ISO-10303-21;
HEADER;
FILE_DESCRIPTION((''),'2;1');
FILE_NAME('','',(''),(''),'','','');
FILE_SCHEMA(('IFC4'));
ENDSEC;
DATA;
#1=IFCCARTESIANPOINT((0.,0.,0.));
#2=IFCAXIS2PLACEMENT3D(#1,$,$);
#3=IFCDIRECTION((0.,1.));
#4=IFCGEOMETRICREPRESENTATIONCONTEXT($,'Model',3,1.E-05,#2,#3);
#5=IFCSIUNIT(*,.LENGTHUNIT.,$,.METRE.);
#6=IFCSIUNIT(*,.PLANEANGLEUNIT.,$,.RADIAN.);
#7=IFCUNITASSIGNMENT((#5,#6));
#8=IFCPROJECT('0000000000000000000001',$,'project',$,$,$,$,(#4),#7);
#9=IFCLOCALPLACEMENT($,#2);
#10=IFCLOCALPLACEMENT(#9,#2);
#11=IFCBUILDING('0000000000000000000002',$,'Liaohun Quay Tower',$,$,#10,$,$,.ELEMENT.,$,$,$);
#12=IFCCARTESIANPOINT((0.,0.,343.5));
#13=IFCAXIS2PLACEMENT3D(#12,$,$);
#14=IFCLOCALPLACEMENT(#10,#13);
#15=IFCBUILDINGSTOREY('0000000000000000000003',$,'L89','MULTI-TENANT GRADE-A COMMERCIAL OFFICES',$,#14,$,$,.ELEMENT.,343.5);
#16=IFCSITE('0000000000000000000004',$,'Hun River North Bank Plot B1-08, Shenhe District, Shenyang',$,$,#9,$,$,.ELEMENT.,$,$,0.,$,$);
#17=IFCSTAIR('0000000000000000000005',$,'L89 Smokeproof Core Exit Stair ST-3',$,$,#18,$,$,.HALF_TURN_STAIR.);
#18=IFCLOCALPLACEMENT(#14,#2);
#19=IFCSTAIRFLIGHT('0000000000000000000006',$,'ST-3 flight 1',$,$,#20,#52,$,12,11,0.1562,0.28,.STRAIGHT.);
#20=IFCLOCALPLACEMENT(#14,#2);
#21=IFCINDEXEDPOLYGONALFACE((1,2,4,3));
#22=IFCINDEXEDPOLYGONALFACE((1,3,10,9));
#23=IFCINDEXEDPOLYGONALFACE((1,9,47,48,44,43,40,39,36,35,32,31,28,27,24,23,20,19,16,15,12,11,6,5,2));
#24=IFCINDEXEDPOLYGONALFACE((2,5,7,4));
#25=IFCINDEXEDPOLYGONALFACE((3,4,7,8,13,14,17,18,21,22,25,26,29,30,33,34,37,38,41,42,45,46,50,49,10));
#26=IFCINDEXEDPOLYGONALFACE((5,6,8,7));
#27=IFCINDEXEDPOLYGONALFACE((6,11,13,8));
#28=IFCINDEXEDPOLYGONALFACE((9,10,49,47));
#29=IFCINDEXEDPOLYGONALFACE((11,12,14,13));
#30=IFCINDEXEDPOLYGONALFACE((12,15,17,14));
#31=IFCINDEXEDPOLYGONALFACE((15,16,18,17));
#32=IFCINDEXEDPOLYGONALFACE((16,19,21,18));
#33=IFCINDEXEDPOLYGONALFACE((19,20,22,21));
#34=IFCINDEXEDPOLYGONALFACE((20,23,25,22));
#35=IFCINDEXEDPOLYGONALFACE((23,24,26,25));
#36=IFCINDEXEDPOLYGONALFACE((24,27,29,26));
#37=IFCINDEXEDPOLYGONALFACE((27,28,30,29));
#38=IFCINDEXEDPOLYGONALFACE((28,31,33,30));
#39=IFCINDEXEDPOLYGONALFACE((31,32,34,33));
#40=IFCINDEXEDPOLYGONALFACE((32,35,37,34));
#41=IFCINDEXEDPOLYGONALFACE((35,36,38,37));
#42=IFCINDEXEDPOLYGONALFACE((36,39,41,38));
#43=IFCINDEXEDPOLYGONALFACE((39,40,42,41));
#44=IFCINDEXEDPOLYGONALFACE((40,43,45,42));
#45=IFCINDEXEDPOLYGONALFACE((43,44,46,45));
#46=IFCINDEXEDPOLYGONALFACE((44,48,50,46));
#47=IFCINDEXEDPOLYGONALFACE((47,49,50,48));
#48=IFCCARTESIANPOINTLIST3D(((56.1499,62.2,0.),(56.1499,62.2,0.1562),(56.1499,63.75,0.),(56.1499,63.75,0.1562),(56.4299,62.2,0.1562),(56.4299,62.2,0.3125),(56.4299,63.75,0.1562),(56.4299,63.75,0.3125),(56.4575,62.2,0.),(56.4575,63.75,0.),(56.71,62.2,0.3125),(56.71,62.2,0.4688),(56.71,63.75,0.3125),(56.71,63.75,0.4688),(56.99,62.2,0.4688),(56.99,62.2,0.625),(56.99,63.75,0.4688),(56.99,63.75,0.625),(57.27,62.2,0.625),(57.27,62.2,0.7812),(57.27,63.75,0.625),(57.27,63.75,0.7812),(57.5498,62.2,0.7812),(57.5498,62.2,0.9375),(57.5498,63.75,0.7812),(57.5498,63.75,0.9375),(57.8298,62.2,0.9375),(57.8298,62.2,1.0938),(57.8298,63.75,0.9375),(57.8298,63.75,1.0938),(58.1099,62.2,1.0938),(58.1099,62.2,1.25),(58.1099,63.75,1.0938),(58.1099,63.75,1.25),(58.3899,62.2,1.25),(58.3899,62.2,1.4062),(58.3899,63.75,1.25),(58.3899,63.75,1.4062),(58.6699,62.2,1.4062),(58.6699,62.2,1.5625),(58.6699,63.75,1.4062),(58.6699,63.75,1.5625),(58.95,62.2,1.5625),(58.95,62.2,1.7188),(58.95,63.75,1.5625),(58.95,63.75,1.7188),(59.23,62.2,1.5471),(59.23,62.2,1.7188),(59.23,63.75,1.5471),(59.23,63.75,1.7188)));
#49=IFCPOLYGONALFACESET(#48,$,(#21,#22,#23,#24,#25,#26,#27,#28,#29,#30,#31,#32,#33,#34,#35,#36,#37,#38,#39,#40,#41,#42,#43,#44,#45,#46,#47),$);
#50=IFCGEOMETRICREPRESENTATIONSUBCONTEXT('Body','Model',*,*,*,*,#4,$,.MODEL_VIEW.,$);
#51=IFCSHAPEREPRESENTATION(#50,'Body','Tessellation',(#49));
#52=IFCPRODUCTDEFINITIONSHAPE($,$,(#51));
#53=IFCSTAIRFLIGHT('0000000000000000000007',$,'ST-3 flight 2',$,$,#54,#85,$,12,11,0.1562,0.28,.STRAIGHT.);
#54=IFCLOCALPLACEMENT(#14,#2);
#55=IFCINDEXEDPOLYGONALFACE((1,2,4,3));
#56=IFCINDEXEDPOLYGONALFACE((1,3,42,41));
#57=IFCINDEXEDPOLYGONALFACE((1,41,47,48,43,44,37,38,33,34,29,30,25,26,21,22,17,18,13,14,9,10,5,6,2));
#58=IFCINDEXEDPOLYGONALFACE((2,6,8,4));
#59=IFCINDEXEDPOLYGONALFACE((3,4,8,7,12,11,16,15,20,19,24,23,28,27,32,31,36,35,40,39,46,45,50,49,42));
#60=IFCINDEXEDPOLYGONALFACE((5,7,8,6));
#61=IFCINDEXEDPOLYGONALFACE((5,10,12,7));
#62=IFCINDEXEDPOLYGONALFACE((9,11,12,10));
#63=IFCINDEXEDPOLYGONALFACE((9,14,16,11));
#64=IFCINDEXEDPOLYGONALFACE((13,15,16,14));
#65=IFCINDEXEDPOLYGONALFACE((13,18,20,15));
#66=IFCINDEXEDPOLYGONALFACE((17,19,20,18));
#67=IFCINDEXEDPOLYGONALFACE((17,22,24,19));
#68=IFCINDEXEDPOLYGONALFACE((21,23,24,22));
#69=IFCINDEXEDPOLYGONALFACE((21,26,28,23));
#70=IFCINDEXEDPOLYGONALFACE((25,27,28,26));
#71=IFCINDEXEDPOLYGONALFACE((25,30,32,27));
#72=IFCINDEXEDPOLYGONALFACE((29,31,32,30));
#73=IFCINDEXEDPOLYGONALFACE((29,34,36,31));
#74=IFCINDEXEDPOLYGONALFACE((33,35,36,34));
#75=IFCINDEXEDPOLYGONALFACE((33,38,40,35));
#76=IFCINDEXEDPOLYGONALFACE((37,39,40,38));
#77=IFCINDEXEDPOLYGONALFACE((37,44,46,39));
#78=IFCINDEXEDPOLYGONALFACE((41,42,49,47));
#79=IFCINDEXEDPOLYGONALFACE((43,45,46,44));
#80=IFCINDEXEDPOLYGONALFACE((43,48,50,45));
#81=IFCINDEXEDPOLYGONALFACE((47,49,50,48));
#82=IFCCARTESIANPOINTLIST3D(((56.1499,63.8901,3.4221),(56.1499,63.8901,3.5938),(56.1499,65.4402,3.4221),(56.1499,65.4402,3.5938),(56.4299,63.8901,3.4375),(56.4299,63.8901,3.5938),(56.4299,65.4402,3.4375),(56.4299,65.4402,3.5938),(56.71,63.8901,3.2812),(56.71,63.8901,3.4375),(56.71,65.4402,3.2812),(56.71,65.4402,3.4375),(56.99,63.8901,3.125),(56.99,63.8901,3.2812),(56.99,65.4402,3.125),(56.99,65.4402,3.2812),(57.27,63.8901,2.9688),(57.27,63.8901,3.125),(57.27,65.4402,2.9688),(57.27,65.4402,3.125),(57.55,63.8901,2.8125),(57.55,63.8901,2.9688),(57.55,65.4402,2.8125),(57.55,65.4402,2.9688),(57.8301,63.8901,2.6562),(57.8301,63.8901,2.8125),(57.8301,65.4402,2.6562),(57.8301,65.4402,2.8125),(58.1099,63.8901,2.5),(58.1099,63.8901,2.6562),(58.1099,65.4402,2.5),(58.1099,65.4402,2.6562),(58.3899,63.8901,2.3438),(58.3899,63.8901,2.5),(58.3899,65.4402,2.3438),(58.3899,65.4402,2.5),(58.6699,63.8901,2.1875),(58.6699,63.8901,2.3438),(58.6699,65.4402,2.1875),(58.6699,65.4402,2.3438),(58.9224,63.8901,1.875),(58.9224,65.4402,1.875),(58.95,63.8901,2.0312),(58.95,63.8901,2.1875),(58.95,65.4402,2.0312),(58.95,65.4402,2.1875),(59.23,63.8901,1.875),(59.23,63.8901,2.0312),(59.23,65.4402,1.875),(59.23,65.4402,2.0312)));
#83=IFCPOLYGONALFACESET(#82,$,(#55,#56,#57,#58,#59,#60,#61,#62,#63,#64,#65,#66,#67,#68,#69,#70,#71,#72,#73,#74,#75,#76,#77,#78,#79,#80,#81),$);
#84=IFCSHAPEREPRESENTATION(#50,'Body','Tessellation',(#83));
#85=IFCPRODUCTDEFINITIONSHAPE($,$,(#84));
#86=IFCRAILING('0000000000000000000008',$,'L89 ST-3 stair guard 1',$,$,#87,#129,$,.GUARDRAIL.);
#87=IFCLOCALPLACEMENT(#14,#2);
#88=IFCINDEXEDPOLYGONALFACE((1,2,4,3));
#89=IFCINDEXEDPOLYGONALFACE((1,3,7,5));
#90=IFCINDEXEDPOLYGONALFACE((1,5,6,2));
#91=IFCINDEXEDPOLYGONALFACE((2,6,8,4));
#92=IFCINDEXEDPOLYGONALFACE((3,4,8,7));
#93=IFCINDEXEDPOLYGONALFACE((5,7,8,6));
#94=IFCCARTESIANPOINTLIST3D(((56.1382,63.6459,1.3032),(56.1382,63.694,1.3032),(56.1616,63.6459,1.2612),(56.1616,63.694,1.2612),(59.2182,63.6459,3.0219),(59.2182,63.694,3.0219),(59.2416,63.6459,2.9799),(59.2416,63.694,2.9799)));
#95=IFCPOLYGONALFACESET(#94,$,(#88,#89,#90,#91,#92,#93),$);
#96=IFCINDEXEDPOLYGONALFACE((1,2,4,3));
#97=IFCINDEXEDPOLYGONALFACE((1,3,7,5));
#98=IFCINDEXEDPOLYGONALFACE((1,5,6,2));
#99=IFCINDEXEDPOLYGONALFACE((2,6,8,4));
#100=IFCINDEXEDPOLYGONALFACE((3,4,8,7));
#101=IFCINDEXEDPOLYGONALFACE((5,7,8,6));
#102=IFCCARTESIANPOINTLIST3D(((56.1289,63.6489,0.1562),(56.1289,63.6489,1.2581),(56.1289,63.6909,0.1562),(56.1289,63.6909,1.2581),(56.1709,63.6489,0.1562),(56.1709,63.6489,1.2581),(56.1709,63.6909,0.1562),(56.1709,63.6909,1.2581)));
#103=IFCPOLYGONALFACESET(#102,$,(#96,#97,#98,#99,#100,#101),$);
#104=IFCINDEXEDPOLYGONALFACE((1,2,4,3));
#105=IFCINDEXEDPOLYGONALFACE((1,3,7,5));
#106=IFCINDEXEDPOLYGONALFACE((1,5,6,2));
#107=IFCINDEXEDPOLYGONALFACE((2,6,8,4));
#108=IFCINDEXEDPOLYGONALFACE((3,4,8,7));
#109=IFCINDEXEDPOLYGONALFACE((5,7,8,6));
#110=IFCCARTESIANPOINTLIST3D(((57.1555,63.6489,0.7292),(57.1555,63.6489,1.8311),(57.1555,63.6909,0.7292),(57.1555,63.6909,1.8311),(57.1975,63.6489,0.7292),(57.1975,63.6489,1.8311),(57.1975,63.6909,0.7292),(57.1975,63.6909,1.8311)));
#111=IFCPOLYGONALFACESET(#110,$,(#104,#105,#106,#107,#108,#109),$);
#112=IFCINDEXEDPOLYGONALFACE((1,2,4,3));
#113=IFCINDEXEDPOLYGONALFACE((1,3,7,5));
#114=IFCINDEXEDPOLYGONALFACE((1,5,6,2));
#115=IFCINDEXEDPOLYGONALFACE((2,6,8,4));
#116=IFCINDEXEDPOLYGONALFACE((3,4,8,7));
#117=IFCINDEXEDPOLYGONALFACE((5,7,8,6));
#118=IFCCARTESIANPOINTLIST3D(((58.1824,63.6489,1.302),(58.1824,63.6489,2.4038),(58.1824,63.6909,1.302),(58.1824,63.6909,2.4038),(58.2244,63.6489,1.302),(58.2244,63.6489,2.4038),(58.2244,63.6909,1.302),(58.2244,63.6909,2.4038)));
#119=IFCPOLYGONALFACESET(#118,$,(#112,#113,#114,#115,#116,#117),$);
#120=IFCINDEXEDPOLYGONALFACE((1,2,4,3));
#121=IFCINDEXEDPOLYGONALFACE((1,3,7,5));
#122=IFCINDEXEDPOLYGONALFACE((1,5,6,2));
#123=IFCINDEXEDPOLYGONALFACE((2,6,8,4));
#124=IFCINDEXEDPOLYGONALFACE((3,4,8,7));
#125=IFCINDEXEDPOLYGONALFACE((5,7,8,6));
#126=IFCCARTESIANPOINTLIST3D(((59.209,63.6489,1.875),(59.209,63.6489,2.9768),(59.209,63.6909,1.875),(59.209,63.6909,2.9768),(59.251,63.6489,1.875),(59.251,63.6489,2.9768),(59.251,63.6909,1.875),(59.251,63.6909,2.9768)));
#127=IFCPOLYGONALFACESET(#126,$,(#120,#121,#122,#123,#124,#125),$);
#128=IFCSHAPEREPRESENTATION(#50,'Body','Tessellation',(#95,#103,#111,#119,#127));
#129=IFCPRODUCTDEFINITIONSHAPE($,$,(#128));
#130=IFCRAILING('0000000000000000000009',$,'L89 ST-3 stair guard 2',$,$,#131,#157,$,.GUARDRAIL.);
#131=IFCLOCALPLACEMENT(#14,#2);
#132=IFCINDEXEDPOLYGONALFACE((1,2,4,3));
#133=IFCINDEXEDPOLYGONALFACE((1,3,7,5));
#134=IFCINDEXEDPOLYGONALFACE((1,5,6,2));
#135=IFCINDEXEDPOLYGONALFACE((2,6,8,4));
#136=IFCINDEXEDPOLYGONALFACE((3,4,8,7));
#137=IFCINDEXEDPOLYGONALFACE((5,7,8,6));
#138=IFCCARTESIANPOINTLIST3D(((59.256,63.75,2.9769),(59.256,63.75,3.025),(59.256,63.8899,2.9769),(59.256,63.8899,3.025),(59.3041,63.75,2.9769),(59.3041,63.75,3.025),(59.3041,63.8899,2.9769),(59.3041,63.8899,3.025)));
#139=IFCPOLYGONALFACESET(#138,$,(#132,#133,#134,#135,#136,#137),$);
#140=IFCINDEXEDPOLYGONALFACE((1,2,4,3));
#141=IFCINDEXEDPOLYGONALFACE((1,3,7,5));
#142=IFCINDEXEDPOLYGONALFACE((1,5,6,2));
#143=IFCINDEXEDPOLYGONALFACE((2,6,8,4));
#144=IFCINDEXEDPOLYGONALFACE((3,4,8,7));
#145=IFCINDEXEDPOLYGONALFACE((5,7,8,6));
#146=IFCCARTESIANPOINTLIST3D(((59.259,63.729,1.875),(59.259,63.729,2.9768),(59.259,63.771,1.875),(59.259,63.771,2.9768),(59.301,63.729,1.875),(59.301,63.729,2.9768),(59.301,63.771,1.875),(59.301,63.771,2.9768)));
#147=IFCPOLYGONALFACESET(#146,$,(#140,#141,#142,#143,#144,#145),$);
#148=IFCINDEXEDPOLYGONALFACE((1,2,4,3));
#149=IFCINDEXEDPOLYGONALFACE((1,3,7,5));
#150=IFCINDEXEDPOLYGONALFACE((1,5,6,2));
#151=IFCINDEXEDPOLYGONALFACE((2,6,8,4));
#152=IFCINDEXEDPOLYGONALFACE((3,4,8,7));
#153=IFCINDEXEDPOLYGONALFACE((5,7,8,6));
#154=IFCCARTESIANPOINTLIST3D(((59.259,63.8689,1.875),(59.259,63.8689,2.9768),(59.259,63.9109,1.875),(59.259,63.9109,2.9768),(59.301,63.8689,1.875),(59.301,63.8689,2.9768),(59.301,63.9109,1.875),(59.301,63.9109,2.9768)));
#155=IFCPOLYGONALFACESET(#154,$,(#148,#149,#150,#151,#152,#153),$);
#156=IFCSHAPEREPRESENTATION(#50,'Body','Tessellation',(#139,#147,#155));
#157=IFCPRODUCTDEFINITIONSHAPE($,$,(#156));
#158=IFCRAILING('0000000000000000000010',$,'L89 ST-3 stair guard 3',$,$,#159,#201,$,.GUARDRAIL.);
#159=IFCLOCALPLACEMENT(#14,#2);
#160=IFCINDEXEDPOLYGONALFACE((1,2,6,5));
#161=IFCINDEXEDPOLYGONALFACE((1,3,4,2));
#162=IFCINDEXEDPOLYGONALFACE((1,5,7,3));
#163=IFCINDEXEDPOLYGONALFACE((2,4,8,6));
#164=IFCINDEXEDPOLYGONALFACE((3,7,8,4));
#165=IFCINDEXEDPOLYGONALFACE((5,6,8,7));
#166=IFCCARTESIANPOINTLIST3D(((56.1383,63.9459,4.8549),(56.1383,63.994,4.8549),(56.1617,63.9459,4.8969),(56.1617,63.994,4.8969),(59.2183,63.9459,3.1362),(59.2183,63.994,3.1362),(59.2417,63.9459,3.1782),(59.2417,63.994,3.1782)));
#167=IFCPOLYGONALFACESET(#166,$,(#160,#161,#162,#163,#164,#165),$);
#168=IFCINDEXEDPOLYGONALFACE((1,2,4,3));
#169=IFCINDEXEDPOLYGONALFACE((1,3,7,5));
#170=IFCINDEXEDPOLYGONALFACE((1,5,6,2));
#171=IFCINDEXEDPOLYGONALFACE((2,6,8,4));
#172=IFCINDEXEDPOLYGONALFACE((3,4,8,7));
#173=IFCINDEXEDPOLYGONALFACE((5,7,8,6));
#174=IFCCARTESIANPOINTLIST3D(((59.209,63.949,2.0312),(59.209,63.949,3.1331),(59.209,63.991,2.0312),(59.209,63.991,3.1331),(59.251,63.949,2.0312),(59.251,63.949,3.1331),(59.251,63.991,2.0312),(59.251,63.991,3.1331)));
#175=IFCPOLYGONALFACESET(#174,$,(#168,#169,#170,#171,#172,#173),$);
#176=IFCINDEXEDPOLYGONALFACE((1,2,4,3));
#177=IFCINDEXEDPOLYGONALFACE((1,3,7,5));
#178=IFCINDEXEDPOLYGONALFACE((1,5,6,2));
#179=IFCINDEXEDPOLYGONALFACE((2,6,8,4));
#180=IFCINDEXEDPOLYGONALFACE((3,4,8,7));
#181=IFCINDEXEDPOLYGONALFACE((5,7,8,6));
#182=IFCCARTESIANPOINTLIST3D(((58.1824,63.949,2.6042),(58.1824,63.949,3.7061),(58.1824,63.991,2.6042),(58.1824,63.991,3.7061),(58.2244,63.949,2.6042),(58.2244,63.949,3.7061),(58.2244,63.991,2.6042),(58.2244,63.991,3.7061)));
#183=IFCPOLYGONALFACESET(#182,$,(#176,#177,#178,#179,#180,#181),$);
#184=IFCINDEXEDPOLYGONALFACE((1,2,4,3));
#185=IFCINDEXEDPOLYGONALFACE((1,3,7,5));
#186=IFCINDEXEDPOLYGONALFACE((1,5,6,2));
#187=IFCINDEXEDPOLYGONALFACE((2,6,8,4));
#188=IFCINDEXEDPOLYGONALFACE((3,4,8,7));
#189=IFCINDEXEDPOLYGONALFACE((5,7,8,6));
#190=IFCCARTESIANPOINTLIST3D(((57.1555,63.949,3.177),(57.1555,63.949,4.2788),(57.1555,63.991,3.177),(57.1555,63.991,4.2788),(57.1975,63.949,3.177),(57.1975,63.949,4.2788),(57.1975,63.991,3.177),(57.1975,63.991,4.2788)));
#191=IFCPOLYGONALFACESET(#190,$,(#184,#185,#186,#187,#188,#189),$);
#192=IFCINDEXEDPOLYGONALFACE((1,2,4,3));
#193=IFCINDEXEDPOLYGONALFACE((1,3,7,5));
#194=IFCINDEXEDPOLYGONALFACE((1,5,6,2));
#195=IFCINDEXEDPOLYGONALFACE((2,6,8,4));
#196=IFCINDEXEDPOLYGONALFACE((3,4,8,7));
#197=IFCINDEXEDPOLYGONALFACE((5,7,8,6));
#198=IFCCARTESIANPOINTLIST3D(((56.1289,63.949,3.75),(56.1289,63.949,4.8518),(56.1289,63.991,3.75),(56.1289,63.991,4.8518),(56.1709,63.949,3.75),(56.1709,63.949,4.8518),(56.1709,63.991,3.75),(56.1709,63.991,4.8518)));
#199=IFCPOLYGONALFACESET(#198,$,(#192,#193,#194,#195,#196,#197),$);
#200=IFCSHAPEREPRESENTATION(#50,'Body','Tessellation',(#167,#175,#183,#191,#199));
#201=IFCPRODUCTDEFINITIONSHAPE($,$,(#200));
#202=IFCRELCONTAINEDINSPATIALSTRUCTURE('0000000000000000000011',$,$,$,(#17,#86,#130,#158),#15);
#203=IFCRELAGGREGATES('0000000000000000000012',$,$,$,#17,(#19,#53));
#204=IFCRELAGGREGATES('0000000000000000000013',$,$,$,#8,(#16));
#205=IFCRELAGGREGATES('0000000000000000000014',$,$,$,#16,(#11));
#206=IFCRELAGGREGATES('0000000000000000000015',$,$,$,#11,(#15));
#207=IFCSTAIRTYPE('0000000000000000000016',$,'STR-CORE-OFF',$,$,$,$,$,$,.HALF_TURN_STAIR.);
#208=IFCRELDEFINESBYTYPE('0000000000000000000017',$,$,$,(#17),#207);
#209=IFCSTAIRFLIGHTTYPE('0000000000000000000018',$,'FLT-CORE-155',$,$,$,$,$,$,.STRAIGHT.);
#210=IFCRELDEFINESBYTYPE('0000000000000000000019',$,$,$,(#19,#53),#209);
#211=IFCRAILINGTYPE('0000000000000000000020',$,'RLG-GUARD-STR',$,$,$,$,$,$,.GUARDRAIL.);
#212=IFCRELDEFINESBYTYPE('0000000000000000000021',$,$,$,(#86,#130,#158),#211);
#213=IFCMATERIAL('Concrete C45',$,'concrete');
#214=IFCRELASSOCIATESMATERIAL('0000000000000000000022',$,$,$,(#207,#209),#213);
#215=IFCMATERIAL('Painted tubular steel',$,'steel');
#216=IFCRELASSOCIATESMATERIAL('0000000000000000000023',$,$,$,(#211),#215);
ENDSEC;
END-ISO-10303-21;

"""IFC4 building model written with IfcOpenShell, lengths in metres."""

from ifc_helpers import new_model, si_unit, direction, frame, origin, origin_2d, place, context, subcontext, project, spatial, polyline, rectangle, outline, extrude, material, type_object, element, aggregate, save


model = new_model("IFC4")

# Units and contexts
model_context = context("Model", 3, precision=1e-05, world=origin(), true_north=direction((0.0, 1.0)))
body_context = subcontext(model_context, "Body", "Model", "MODEL_VIEW")
ifc_project = project(units=[si_unit("LENGTHUNIT", "METRE"), si_unit("PLANEANGLEUNIT", "RADIAN")], contexts=[model_context])

# Site, building, storey
site_placement = place(None, origin())
site = spatial("IfcSite", under=ifc_project, at=site_placement, Name="Hun River North Bank Plot B1-08, Shenhe District, Shenyang", CompositionType="ELEMENT", RefElevation=0.0)
building_placement = place(site_placement, origin())
building = spatial("IfcBuilding", under=site, at=building_placement, Name="Liaohun Quay Tower", CompositionType="ELEMENT")
storey_placement = place(building_placement, frame((0.0, 0.0, 343.5)))
storey = spatial("IfcBuildingStorey", under=building, at=storey_placement, Name="L89", Description="MULTI-TENANT GRADE-A COMMERCIAL OFFICES", CompositionType="ELEMENT", Elevation=343.5)

# Stair, stair flights
ifc_material_1 = material(Name="Concrete C45", Category="concrete")
stair_type = type_object("IfcStairType", Name="STR-CORE-OFF", PredefinedType="HALF_TURN_STAIR", material=ifc_material_1)
stair_placement = place(storey_placement, origin())
stair = element("IfcStair", 1, at=stair_placement, inside=storey, type_object=stair_type, Name="L89 Smokeproof Core Exit Stair ST-3", PredefinedType="HALF_TURN_STAIR")
stair_flight_type = type_object("IfcStairFlightType", Name="FLT-CORE-155", PredefinedType="STRAIGHT", material=ifc_material_1)
stair_flight_1_placement = place(storey_placement, frame((56.1499, 62.9751, 0.0), z_axis=(0.0, 0.0, 1.0), x_axis=(1.0, 0.0, 0.0)))
stair_flight_1 = element("IfcStairFlight", 2, at=stair_flight_1_placement, type_object=stair_flight_type, Name="ST-3 flight 1", NumberOfRisers=12, NumberOfTreads=11, PredefinedType="STRAIGHT", RiserHeight=0.1562, TreadLength=0.28, context=body_context, shape_type="SweptSolid", body=[
    extrude(outline(polyline([(0.0, 0.0), (0.0, 0.1562), (0.28, 0.1562), (0.28, 0.3125), (0.5601, 0.3125), (0.5601, 0.4688), (0.8401, 0.4688), (0.8401, 0.625), (1.1201, 0.625), (1.1201, 0.7812), (1.3999, 0.7812), (1.3999, 0.9375), (1.6799, 0.9375), (1.6799, 1.0938), (1.96, 1.0938), (1.96, 1.25), (2.24, 1.25), (2.24, 1.4062), (2.52, 1.4062), (2.52, 1.5625), (2.8, 1.5625), (2.8, 1.7188), (3.0801, 1.7188), (3.0801, 1.875), (3.0801, 1.5471), (0.3076, 0.0), (0.0, 0.0)])), frame((0.0, 0.7749, 0.0), z_axis=(0.0, -1.0, 0.0), x_axis=(1.0, 0.0, 0.0)), (0.0, 0.0, 1.0), 1.55),
])
stair_flight_2_placement = place(storey_placement, frame((59.23, 64.665, 1.875), z_axis=(0.0, 0.0, 1.0), x_axis=(-1.0, 0.0, 0.0)))
stair_flight_2 = element("IfcStairFlight", 3, at=stair_flight_2_placement, type_object=stair_flight_type, Name="ST-3 flight 2", NumberOfRisers=12, NumberOfTreads=11, PredefinedType="STRAIGHT", RiserHeight=0.1562, TreadLength=0.28, context=body_context, shape_type="SweptSolid", body=[
    extrude(outline(polyline([(0.0, 0.0), (0.0, 0.1562), (0.28, 0.1562), (0.28, 0.3125), (0.5601, 0.3125), (0.5601, 0.4688), (0.8401, 0.4688), (0.8401, 0.625), (1.1201, 0.625), (1.1201, 0.7812), (1.3999, 0.7812), (1.3999, 0.9375), (1.6799, 0.9375), (1.6799, 1.0938), (1.96, 1.0938), (1.96, 1.25), (2.24, 1.25), (2.24, 1.4062), (2.52, 1.4062), (2.52, 1.5625), (2.8, 1.5625), (2.8, 1.7188), (3.0801, 1.7188), (3.0801, 1.875), (3.0801, 1.5471), (0.3076, 0.0), (0.0, 0.0)])), frame((0.0, 0.7749, 0.0), z_axis=(0.0, -1.0, 0.0), x_axis=(1.0, 0.0, 0.0)), (0.0, 0.0, 1.0), 1.55),
])
aggregate(stair, [stair_flight_1, stair_flight_2])

# Railings
ifc_material_2 = material(Name="Painted tubular steel", Category="steel")
railing_type_1 = type_object("IfcRailingType", Name="RLG-GUARD-STR", PredefinedType="GUARDRAIL", material=ifc_material_2)
railing_1_placement = place(storey_placement, frame((56.1499, 63.6699, 0.1562)))
element("IfcRailing", 4, at=railing_1_placement, inside=storey, type_object=railing_type_1, Name="L89 ST-3 stair guard 1", PredefinedType="GUARDRAIL", context=body_context, shape_type="SweptSolid", body=[
    extrude(rectangle(XDim=0.0481, YDim=0.0481, at=origin_2d()), frame((0.0, 0.0, 1.126), z_axis=(0.873242, 0.0, 0.487288), x_axis=(0.0, 1.0, 0.0)), (0.0, 0.0, 1.0), 3.5271),
    extrude(rectangle(XDim=0.042, YDim=0.042, at=origin_2d()), origin(), (0.0, 0.0, 1.0), 1.1018),
    extrude(rectangle(XDim=0.042, YDim=0.042, at=origin_2d()), frame((1.0266, 0.0, 0.573)), (0.0, 0.0, 1.0), 1.1018),
    extrude(rectangle(XDim=0.042, YDim=0.042, at=origin_2d()), frame((2.0535, 0.0, 1.1458)), (0.0, 0.0, 1.0), 1.1018),
    extrude(rectangle(XDim=0.042, YDim=0.042, at=origin_2d()), frame((3.0801, 0.0, 1.7188)), (0.0, 0.0, 1.0), 1.1018),
])
railing_2_placement = place(storey_placement, frame((59.28, 63.75, 1.875)))
element("IfcRailing", 5, at=railing_2_placement, inside=storey, type_object=railing_type_1, Name="L89 ST-3 stair guard 2", PredefinedType="GUARDRAIL", context=body_context, shape_type="SweptSolid", body=[
    extrude(rectangle(XDim=0.0481, YDim=0.0481, at=origin_2d()), frame((0.0, 0.0, 1.126), z_axis=(0.0, 1.0, 0.0), x_axis=(-1.0, 0.0, 0.0)), (0.0, 0.0, 1.0), 0.1399),
    extrude(rectangle(XDim=0.042, YDim=0.042, at=origin_2d()), origin(), (0.0, 0.0, 1.0), 1.1018),
    extrude(rectangle(XDim=0.042, YDim=0.042, at=origin_2d()), frame((0.0, 0.1399, 0.0)), (0.0, 0.0, 1.0), 1.1018),
])
railing_3_placement = place(storey_placement, frame((59.23, 63.97, 2.0312)))
element("IfcRailing", 6, at=railing_3_placement, inside=storey, type_object=railing_type_1, Name="L89 ST-3 stair guard 3", PredefinedType="GUARDRAIL", context=body_context, shape_type="SweptSolid", body=[
    extrude(rectangle(XDim=0.0481, YDim=0.0481, at=origin_2d()), frame((0.0, 0.0, 1.126), z_axis=(-0.873242, 0.0, 0.487288), x_axis=(0.0, -1.0, 0.0)), (0.0, 0.0, 1.0), 3.5271),
    extrude(rectangle(XDim=0.042, YDim=0.042, at=origin_2d()), origin(), (0.0, 0.0, 1.0), 1.1018),
    extrude(rectangle(XDim=0.042, YDim=0.042, at=origin_2d()), frame((-1.0266, 0.0, 0.573)), (0.0, 0.0, 1.0), 1.1018),
    extrude(rectangle(XDim=0.042, YDim=0.042, at=origin_2d()), frame((-2.0535, 0.0, 1.1458)), (0.0, 0.0, 1.0), 1.1018),
    extrude(rectangle(XDim=0.042, YDim=0.042, at=origin_2d()), frame((-3.0801, 0.0, 1.7188)), (0.0, 0.0, 1.0), 1.1018),
])

save(model, "model.ifc")
